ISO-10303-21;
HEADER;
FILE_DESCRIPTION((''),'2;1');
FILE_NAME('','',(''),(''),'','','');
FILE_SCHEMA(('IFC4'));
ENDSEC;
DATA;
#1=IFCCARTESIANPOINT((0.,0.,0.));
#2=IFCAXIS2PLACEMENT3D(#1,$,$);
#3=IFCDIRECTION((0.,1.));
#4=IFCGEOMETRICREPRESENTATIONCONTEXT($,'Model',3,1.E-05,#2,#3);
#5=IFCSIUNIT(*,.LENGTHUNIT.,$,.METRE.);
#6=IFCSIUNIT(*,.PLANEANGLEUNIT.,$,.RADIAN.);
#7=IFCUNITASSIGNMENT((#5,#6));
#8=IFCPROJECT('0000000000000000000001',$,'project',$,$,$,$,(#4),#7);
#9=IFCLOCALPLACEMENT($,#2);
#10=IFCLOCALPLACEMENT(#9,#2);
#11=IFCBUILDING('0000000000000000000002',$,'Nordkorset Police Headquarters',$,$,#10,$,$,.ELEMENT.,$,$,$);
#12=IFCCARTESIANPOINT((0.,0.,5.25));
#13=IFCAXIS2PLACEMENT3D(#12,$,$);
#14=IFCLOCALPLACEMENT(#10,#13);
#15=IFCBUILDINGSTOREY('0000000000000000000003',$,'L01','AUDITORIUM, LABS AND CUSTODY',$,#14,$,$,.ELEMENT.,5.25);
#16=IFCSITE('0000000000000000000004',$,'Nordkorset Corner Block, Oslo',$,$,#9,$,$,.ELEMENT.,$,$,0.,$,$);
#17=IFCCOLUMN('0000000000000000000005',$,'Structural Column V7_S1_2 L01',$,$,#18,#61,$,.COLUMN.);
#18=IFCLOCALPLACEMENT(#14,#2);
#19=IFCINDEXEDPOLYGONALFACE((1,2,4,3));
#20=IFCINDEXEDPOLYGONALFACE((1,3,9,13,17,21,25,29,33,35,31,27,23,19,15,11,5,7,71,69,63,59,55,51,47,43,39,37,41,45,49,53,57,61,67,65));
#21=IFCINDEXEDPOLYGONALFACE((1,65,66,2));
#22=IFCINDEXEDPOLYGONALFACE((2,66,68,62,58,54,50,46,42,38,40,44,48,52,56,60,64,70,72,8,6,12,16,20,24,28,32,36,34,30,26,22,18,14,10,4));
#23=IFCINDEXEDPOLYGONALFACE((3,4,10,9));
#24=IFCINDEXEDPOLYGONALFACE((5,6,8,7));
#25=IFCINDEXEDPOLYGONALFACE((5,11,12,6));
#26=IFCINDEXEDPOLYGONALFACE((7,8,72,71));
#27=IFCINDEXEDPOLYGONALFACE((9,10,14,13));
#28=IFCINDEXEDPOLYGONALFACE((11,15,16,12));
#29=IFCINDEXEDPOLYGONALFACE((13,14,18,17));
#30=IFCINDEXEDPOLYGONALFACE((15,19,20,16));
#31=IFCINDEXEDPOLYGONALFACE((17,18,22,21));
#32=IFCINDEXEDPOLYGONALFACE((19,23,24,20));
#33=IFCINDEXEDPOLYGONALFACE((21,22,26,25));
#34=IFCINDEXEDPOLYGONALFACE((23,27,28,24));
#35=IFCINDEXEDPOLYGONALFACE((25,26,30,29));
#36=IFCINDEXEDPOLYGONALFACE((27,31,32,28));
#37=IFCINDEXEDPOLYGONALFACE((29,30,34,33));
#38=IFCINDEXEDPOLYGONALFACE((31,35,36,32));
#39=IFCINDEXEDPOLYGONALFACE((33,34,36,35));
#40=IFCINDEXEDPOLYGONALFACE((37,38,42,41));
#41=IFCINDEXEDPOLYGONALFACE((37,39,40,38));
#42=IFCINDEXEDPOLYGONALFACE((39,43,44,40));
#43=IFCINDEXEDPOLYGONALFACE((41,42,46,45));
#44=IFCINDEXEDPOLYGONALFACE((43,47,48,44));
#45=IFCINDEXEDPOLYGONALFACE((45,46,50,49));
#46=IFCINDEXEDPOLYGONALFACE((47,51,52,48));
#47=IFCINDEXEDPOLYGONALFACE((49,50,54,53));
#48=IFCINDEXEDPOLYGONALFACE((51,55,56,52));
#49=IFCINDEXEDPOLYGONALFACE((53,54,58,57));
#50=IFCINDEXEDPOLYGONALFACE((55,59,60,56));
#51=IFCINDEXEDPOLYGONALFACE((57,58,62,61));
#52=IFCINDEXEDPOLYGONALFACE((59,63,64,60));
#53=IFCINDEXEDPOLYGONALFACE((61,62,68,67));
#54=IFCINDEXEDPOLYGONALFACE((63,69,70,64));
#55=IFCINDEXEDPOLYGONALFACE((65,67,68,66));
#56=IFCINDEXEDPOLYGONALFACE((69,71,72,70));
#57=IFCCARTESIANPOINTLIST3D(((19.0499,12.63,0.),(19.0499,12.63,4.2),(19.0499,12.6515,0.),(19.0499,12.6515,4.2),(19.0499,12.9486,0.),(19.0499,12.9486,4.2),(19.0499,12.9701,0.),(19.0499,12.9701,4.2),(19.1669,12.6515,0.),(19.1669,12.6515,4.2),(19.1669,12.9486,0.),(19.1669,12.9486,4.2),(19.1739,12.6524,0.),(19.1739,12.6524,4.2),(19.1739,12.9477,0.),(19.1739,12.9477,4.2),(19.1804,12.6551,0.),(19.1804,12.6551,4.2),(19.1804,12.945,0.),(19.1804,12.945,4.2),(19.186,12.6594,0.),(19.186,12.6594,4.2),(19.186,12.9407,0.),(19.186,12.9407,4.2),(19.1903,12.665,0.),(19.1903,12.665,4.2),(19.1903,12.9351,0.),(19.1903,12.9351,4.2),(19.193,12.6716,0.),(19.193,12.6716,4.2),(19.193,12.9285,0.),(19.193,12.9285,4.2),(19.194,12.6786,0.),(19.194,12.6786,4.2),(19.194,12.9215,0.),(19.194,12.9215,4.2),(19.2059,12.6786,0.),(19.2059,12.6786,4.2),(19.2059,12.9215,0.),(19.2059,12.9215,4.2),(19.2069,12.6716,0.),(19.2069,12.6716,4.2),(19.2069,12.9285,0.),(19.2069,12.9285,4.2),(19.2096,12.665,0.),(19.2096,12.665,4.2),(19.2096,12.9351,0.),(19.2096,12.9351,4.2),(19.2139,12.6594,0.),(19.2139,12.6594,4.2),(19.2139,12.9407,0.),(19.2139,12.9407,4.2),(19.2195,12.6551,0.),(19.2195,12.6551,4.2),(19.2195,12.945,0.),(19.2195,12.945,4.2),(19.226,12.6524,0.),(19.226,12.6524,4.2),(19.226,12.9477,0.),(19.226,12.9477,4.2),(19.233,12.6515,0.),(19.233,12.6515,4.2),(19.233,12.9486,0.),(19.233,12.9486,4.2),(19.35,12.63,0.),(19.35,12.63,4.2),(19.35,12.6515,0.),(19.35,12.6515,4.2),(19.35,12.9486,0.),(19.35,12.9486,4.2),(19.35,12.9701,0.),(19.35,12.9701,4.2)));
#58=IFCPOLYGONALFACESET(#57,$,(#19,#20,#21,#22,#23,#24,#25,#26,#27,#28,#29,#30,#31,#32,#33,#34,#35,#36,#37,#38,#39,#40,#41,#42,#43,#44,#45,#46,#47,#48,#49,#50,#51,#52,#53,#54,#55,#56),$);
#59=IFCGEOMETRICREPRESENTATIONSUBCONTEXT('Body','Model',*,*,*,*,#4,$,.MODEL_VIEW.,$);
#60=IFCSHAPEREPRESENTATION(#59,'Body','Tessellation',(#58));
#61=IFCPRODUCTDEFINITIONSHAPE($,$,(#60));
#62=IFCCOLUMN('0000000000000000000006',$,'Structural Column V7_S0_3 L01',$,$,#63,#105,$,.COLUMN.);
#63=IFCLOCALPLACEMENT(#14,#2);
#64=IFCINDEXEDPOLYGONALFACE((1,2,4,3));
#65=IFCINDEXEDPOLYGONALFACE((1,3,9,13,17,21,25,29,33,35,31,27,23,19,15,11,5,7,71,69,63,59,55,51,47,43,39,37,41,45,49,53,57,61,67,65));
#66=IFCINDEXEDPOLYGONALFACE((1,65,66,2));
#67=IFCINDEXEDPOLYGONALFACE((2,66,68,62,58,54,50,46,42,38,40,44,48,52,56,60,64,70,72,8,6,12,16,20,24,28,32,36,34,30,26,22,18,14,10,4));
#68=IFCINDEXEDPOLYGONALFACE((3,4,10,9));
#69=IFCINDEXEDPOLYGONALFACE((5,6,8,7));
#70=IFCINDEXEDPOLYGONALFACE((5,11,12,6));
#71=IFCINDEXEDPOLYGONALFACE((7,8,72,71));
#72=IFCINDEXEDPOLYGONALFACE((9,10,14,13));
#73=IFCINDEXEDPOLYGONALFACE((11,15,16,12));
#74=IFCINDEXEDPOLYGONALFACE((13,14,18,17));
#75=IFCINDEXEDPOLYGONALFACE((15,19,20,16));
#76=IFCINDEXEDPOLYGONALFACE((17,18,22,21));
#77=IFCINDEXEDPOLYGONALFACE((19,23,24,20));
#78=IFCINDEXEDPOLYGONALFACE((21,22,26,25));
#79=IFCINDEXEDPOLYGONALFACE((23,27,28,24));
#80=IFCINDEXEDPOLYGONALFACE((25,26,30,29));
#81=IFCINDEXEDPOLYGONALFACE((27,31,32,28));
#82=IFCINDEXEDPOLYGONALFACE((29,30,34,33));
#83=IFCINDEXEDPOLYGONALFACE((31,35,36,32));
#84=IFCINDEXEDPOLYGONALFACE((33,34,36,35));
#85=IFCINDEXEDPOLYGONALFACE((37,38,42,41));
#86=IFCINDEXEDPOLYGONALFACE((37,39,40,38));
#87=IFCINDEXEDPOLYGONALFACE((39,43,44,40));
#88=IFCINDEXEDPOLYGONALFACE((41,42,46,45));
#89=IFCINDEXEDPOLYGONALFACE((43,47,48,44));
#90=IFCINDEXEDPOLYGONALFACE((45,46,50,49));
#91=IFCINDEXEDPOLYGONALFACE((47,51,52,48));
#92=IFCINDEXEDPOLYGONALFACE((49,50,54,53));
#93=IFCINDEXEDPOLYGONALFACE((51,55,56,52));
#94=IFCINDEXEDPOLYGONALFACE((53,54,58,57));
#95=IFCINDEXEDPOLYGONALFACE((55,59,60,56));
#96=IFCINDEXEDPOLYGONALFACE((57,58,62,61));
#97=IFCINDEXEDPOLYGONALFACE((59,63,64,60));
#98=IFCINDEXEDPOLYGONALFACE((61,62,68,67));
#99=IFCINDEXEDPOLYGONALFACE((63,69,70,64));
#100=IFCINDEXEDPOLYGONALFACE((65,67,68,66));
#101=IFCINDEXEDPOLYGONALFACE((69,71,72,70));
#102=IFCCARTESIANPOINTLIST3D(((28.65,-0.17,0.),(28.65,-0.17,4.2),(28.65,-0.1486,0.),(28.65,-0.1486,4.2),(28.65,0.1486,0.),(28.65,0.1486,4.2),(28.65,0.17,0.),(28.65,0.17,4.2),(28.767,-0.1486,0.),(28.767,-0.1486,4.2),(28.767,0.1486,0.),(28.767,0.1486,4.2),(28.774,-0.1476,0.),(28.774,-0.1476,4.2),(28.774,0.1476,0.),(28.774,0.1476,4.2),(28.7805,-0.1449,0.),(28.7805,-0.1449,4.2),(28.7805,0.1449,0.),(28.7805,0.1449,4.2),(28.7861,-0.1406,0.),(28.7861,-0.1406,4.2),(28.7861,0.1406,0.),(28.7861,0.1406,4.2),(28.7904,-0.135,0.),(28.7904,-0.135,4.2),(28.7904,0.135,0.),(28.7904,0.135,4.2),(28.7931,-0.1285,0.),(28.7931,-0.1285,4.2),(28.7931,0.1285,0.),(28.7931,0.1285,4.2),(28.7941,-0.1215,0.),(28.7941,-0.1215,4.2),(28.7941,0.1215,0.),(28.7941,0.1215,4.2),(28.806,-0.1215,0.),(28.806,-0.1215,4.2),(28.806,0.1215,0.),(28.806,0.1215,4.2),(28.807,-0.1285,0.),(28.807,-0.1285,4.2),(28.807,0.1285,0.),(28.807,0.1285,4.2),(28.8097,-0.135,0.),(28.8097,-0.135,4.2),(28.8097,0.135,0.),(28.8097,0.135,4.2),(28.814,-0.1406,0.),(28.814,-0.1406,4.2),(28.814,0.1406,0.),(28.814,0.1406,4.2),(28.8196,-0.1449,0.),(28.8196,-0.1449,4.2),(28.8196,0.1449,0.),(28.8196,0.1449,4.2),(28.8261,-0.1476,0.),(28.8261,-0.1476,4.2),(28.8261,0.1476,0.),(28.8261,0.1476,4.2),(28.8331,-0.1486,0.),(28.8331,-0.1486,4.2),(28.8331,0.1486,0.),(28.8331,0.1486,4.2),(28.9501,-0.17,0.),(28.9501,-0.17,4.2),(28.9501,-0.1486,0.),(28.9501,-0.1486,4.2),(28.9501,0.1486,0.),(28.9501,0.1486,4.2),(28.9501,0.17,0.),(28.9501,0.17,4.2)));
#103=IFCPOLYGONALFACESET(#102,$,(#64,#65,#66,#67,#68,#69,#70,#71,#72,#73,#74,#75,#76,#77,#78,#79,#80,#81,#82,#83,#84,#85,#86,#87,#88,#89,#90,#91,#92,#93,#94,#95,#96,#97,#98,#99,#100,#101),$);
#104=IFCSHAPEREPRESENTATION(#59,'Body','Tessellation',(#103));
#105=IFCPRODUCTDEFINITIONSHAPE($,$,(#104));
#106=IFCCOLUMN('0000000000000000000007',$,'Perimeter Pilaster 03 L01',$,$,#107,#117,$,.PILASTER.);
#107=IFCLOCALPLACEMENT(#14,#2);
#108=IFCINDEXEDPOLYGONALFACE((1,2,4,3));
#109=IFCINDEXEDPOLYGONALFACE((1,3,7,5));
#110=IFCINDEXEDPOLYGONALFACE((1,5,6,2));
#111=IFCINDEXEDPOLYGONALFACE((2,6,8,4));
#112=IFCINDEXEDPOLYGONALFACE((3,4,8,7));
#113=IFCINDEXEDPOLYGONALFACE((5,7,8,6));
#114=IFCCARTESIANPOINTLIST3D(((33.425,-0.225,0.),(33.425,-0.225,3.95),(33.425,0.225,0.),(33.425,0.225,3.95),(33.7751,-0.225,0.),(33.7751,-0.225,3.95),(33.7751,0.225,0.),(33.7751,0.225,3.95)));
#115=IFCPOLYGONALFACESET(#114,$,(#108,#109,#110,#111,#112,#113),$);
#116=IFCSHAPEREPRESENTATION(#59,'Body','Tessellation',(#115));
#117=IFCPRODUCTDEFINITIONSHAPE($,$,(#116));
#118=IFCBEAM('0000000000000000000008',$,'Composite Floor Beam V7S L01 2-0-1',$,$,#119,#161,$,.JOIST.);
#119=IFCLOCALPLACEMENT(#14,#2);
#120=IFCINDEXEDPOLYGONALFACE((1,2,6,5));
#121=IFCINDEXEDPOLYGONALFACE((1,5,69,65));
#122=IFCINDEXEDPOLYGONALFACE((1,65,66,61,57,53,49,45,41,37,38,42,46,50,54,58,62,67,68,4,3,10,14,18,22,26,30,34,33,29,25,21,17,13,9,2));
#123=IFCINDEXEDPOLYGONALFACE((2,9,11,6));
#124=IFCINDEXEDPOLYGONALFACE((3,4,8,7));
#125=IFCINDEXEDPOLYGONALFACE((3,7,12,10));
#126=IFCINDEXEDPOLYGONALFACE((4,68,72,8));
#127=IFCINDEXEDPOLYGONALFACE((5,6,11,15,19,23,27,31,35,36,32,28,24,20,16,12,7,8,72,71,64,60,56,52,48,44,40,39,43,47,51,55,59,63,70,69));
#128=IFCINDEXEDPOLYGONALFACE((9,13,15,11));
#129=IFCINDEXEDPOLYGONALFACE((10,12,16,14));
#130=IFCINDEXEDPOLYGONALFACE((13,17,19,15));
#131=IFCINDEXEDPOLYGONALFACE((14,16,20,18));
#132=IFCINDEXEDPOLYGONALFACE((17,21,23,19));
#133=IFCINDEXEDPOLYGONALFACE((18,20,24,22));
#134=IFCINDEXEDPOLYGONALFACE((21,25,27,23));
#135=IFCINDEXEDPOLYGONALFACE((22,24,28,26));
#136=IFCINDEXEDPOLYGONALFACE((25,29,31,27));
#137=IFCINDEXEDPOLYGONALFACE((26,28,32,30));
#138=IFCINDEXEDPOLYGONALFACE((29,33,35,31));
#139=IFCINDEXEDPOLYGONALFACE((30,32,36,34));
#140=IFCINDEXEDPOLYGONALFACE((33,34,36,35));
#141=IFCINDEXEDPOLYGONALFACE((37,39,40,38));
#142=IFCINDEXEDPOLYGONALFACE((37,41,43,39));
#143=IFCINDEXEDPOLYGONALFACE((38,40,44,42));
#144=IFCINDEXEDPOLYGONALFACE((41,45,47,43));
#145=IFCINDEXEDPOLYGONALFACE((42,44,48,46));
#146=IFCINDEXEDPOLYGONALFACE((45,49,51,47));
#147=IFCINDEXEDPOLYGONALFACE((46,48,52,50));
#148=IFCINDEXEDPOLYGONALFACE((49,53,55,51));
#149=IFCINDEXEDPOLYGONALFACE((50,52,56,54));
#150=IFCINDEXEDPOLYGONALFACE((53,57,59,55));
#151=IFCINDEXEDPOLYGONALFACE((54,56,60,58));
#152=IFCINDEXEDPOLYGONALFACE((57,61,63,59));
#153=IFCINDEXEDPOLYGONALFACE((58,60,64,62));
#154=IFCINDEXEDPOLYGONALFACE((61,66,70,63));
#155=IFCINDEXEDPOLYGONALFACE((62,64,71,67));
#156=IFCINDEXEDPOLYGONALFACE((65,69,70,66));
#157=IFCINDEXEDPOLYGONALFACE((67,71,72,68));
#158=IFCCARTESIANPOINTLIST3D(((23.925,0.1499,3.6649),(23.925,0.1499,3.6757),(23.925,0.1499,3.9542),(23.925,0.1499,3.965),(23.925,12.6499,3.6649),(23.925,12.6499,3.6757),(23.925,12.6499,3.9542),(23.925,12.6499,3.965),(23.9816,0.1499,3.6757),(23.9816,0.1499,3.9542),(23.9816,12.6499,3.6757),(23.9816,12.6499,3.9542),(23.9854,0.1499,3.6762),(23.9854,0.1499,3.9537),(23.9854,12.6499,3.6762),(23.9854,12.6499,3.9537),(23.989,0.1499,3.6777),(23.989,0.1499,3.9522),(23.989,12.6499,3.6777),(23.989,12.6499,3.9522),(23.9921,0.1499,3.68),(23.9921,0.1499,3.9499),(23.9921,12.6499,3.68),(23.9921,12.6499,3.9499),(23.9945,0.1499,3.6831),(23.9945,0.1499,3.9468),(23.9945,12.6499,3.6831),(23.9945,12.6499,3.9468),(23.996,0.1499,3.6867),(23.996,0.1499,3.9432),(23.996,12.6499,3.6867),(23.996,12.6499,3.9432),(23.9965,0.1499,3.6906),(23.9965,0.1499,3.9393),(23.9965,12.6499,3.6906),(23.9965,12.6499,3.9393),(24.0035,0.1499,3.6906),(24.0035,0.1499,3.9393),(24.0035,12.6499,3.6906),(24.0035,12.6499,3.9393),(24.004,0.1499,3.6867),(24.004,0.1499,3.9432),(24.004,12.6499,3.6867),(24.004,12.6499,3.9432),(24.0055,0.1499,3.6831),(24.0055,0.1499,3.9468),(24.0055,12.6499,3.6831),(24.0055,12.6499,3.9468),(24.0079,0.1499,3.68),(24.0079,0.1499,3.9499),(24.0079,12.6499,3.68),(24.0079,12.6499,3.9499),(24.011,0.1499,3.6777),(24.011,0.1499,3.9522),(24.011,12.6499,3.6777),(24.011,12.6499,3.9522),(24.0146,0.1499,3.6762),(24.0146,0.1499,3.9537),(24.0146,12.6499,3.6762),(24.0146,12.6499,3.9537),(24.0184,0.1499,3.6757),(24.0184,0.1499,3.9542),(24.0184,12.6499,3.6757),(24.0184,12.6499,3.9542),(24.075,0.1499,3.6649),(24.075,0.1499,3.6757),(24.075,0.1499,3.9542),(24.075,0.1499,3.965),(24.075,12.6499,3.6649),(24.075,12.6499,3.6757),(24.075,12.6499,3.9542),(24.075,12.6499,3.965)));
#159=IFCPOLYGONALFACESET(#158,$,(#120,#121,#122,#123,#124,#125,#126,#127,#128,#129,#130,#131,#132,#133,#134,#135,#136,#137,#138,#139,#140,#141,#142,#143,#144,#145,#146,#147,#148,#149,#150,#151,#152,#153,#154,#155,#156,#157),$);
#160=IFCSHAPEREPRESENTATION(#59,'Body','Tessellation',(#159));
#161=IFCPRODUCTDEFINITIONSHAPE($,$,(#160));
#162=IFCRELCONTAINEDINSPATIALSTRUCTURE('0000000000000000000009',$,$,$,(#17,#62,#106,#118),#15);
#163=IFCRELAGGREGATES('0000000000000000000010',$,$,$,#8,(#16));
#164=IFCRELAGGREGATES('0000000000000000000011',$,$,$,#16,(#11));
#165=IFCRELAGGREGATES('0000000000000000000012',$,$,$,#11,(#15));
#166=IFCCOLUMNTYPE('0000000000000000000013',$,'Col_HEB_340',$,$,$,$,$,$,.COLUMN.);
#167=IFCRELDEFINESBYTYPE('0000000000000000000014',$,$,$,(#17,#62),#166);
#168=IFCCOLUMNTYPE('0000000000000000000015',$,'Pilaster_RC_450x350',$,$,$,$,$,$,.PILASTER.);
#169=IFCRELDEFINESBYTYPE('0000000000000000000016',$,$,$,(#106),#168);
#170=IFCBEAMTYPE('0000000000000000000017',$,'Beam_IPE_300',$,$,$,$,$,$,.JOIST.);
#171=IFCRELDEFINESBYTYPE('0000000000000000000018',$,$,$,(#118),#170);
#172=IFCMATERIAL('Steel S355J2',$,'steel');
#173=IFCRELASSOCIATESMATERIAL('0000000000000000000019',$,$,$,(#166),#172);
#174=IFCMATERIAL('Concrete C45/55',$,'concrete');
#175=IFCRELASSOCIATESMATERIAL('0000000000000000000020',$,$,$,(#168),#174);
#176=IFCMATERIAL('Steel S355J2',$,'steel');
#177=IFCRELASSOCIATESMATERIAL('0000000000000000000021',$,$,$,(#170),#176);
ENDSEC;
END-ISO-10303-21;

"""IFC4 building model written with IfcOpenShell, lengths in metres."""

from ifc_helpers import new_model, si_unit, direction, frame, origin, origin_2d, place, context, subcontext, project, spatial, rectangle, i_section, extrude, material, material_profile, profile_set, type_object, element, save


model = new_model("IFC4")

# Units and contexts
model_context = context("Model", 3, precision=1e-05, world=origin(), true_north=direction((0.0, 1.0)))
body_context = subcontext(model_context, "Body", "Model", "MODEL_VIEW")
ifc_project = project(units=[si_unit("LENGTHUNIT", "METRE"), si_unit("PLANEANGLEUNIT", "RADIAN")], contexts=[model_context])

# Site, building, storey
site_placement = place(None, origin())
site = spatial("IfcSite", under=ifc_project, at=site_placement, Name="Nordkorset Corner Block, Oslo", CompositionType="ELEMENT", RefElevation=0.0)
building_placement = place(site_placement, origin())
building = spatial("IfcBuilding", under=site, at=building_placement, Name="Nordkorset Police Headquarters", CompositionType="ELEMENT")
storey_placement = place(building_placement, frame((0.0, 0.0, 5.25)))
storey = spatial("IfcBuildingStorey", under=building, at=storey_placement, Name="L01", Description="AUDITORIUM, LABS AND CUSTODY", CompositionType="ELEMENT", Elevation=5.25)

# Columns
ifc_material_1 = material(Name="Steel S355J2", Category="steel")
ifc_material_profile_1 = material_profile(ifc_material_1, i_section(OverallWidth=0.3, OverallDepth=0.3401, WebThickness=0.012, FlangeThickness=0.0215, FilletRadius=0.0271, at=origin_2d()), Name="HEB 340")
ifc_profile_set_1 = profile_set([ifc_material_profile_1], Name="Steel S355J2")
column_type_1 = type_object("IfcColumnType", Name="Col_HEB_340", PredefinedType="COLUMN", material=ifc_profile_set_1)
for number, where, z_axis, x_axis, name in (
    (1, (19.2, 12.8, 0.0), (0.0, 0.0, 1.0), (1.0, 0.0, 0.0), "Structural Column V7_S1_2 L01"),
    (2, (28.8, 0.0, 0.0), (0.0, 0.0, 1.0), (1.0, 0.0, 0.0), "Structural Column V7_S0_3 L01"),
):
    element("IfcColumn", number, at=place(storey_placement, frame(where, z_axis=z_axis, x_axis=x_axis)), inside=storey, type_object=column_type_1, Name=name, PredefinedType="COLUMN", context=body_context, shape_type="SweptSolid", body=[
        extrude(i_section(OverallWidth=0.3, OverallDepth=0.3401, WebThickness=0.012, FlangeThickness=0.0215, FilletRadius=0.0271, at=origin_2d()), origin(), (0.0, 0.0, 1.0), 4.2),
    ])
ifc_material_2 = material(Name="Concrete C45/55", Category="concrete")
ifc_material_profile_2 = material_profile(ifc_material_2, rectangle(XDim=0.3501, YDim=0.45, at=origin_2d()), Name="RC 450x350")
ifc_profile_set_2 = profile_set([ifc_material_profile_2], Name="Concrete C45/55")
column_type_2 = type_object("IfcColumnType", Name="Pilaster_RC_450x350", PredefinedType="PILASTER", material=ifc_profile_set_2)
column_placement = place(storey_placement, frame((33.6001, 0.0, 0.0), z_axis=(0.0, 0.0, 1.0), x_axis=(1.0, 0.0, 0.0)))
element("IfcColumn", 3, at=column_placement, inside=storey, type_object=column_type_2, Name="Perimeter Pilaster 03 L01", PredefinedType="PILASTER", context=body_context, shape_type="SweptSolid", body=[
    extrude(rectangle(XDim=0.3501, YDim=0.45, at=origin_2d()), origin(), (0.0, 0.0, 1.0), 3.95),
])

# Beam
ifc_material_3 = material(Name="Steel S355J2", Category="steel")
ifc_material_profile_3 = material_profile(ifc_material_3, i_section(OverallWidth=0.1499, OverallDepth=0.3, WebThickness=0.0071, FlangeThickness=0.0107, FilletRadius=0.0149, at=origin_2d()), Name="IPE 300")
ifc_profile_set_3 = profile_set([ifc_material_profile_3], Name="Steel S355J2")
beam_type_1 = type_object("IfcBeamType", Name="Beam_IPE_300", PredefinedType="JOIST", material=ifc_profile_set_3)
for number, where, z_axis, x_axis, name in (
    (4, (24.0, 0.1499, 3.8149), (0.0, 1.0, 0.0), (-1.0, 0.0, 0.0), "Composite Floor Beam V7S L01 2-0-1"),
):
    element("IfcBeam", number, at=place(storey_placement, frame(where, z_axis=z_axis, x_axis=x_axis)), inside=storey, type_object=beam_type_1, Name=name, PredefinedType="JOIST", context=body_context, shape_type="SweptSolid", body=[
        extrude(i_section(OverallWidth=0.1499, OverallDepth=0.3, WebThickness=0.0071, FlangeThickness=0.0107, FilletRadius=0.0149, at=origin_2d()), origin(), (0.0, 0.0, 1.0), 12.5),
    ])

save(model, "model.ifc")
